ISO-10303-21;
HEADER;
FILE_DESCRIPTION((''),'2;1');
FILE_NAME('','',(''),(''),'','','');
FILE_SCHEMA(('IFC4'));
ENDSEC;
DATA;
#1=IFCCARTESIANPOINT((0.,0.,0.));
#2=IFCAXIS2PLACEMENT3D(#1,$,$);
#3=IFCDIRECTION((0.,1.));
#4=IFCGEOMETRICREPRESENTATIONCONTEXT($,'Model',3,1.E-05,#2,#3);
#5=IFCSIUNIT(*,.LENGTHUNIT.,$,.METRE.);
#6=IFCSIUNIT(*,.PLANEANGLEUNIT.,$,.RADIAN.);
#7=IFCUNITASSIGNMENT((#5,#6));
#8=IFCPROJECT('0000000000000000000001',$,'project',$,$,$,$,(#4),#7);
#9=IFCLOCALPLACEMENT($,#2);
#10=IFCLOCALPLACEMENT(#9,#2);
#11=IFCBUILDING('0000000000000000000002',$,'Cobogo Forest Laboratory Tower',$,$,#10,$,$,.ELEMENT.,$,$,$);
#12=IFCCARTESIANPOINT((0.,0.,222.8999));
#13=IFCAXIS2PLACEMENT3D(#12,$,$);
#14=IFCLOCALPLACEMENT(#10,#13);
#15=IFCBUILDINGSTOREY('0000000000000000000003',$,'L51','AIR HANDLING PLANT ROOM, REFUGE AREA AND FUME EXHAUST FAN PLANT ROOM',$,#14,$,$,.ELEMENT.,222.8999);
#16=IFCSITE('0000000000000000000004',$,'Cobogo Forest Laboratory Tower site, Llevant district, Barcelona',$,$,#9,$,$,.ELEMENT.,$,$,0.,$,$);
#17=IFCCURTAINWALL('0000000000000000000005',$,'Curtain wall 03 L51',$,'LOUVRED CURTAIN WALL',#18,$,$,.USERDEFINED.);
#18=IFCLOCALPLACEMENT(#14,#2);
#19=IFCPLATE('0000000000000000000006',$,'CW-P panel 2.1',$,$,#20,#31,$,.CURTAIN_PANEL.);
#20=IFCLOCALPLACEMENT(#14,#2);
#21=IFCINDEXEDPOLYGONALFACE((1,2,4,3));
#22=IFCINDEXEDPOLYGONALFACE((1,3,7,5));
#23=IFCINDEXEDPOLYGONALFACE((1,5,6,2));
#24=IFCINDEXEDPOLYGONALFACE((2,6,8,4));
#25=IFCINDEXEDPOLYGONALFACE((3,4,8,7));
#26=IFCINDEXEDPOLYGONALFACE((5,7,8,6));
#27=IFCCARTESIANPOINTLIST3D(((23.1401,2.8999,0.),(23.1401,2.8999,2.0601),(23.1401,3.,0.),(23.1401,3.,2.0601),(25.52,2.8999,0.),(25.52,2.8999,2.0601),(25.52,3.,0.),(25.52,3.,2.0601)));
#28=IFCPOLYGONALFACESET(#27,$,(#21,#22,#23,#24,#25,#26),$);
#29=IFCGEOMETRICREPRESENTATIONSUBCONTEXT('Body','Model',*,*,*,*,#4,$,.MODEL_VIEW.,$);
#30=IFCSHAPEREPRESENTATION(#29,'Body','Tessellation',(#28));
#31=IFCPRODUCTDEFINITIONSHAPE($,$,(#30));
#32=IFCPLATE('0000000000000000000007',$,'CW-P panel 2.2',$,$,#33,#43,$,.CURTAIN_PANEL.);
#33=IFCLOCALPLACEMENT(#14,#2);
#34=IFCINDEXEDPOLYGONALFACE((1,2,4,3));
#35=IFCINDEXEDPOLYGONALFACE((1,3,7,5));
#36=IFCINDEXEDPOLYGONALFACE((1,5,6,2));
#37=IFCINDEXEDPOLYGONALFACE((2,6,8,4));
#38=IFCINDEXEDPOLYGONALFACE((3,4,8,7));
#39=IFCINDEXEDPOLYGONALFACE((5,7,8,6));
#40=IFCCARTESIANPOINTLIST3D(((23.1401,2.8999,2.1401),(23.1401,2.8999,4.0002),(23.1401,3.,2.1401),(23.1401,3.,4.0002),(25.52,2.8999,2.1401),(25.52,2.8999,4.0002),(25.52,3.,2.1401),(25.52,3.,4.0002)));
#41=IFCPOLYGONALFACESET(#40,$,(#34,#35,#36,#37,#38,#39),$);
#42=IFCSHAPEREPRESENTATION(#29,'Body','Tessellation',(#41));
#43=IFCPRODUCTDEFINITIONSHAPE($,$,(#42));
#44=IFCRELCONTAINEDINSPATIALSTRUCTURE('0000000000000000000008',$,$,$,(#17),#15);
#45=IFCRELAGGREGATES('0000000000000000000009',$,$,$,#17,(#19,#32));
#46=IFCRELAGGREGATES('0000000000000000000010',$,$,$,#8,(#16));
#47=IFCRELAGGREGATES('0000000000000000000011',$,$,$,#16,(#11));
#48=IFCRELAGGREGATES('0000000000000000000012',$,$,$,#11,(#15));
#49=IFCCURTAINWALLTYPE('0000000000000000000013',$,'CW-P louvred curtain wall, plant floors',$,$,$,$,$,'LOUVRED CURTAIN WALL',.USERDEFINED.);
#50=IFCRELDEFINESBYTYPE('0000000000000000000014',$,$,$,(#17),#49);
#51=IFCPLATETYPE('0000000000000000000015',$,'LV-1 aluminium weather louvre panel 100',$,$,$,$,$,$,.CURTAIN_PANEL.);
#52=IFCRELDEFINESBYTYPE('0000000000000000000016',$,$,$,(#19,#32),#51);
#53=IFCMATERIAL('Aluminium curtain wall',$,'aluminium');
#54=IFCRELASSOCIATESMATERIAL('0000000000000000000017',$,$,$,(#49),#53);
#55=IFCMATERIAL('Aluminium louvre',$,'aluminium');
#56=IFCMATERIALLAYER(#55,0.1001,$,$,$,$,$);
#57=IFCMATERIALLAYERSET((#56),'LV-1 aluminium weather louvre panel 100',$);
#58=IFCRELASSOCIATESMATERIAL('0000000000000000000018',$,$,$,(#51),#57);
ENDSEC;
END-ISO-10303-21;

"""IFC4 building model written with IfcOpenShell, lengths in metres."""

from ifc_helpers import new_model, si_unit, direction, frame, origin, origin_2d, place, context, subcontext, project, spatial, rectangle, extrude, material, layer, layer_set, type_object, element, aggregate, save


model = new_model("IFC4")

# Units and contexts
model_context = context("Model", 3, precision=1e-05, world=origin(), true_north=direction((0.0, 1.0)))
body_context = subcontext(model_context, "Body", "Model", "MODEL_VIEW")
ifc_project = project(units=[si_unit("LENGTHUNIT", "METRE"), si_unit("PLANEANGLEUNIT", "RADIAN")], contexts=[model_context])

# Site, building, storey
site_placement = place(None, origin())
site = spatial("IfcSite", under=ifc_project, at=site_placement, Name="Cobogo Forest Laboratory Tower site, Llevant district, Barcelona", CompositionType="ELEMENT", RefElevation=0.0)
building_placement = place(site_placement, origin())
building = spatial("IfcBuilding", under=site, at=building_placement, Name="Cobogo Forest Laboratory Tower", CompositionType="ELEMENT")
storey_placement = place(building_placement, frame((0.0, 0.0, 222.8999)))
storey = spatial("IfcBuildingStorey", under=building, at=storey_placement, Name="L51", Description="AIR HANDLING PLANT ROOM, REFUGE AREA AND FUME EXHAUST FAN PLANT ROOM", CompositionType="ELEMENT", Elevation=222.8999)

# Shared definitions
ifc_material_1 = material(Name="Aluminium curtain wall", Category="aluminium")
curtain_wall_type = type_object("IfcCurtainWallType", Name="CW-P louvred curtain wall, plant floors", ElementType="LOUVRED CURTAIN WALL", PredefinedType="USERDEFINED", material=ifc_material_1)

# Curtain wall
curtain_wall_1_placement = place(storey_placement, origin())
curtain_wall_1 = element("IfcCurtainWall", 1, at=curtain_wall_1_placement, inside=storey, type_object=curtain_wall_type, Name="Curtain wall 03 L51", ObjectType="LOUVRED CURTAIN WALL", PredefinedType="USERDEFINED")

# Plates
ifc_material_2 = material(Name="Aluminium louvre", Category="aluminium")
ifc_layer_1 = layer(ifc_material_2, 0.1001)
ifc_layer_set_1 = layer_set([ifc_layer_1], Name="LV-1 aluminium weather louvre panel 100")
plate_type_1 = type_object("IfcPlateType", Name="LV-1 aluminium weather louvre panel 100", PredefinedType="CURTAIN_PANEL", material=ifc_layer_set_1)
plate_1_placement = place(storey_placement, frame((24.3301, 2.95, 0.0), z_axis=(0.0, 0.0, 1.0), x_axis=(1.0, 0.0, 0.0)))
plate_1 = element("IfcPlate", 2, at=plate_1_placement, type_object=plate_type_1, Name="CW-P panel 2.1", PredefinedType="CURTAIN_PANEL", context=body_context, shape_type="SweptSolid", body=[
    extrude(rectangle(XDim=2.3799, YDim=0.1001, at=origin_2d()), origin(), (0.0, 0.0, 1.0), 2.0601),
])
plate_2_placement = place(storey_placement, frame((24.3301, 2.95, 2.1401), z_axis=(0.0, 0.0, 1.0), x_axis=(1.0, 0.0, 0.0)))
plate_2 = element("IfcPlate", 3, at=plate_2_placement, type_object=plate_type_1, Name="CW-P panel 2.2", PredefinedType="CURTAIN_PANEL", context=body_context, shape_type="SweptSolid", body=[
    extrude(rectangle(XDim=2.3799, YDim=0.1001, at=origin_2d()), origin(), (0.0, 0.0, 1.0), 1.8601),
])
aggregate(curtain_wall_1, [plate_1, plate_2])

save(model, "model.ifc")
